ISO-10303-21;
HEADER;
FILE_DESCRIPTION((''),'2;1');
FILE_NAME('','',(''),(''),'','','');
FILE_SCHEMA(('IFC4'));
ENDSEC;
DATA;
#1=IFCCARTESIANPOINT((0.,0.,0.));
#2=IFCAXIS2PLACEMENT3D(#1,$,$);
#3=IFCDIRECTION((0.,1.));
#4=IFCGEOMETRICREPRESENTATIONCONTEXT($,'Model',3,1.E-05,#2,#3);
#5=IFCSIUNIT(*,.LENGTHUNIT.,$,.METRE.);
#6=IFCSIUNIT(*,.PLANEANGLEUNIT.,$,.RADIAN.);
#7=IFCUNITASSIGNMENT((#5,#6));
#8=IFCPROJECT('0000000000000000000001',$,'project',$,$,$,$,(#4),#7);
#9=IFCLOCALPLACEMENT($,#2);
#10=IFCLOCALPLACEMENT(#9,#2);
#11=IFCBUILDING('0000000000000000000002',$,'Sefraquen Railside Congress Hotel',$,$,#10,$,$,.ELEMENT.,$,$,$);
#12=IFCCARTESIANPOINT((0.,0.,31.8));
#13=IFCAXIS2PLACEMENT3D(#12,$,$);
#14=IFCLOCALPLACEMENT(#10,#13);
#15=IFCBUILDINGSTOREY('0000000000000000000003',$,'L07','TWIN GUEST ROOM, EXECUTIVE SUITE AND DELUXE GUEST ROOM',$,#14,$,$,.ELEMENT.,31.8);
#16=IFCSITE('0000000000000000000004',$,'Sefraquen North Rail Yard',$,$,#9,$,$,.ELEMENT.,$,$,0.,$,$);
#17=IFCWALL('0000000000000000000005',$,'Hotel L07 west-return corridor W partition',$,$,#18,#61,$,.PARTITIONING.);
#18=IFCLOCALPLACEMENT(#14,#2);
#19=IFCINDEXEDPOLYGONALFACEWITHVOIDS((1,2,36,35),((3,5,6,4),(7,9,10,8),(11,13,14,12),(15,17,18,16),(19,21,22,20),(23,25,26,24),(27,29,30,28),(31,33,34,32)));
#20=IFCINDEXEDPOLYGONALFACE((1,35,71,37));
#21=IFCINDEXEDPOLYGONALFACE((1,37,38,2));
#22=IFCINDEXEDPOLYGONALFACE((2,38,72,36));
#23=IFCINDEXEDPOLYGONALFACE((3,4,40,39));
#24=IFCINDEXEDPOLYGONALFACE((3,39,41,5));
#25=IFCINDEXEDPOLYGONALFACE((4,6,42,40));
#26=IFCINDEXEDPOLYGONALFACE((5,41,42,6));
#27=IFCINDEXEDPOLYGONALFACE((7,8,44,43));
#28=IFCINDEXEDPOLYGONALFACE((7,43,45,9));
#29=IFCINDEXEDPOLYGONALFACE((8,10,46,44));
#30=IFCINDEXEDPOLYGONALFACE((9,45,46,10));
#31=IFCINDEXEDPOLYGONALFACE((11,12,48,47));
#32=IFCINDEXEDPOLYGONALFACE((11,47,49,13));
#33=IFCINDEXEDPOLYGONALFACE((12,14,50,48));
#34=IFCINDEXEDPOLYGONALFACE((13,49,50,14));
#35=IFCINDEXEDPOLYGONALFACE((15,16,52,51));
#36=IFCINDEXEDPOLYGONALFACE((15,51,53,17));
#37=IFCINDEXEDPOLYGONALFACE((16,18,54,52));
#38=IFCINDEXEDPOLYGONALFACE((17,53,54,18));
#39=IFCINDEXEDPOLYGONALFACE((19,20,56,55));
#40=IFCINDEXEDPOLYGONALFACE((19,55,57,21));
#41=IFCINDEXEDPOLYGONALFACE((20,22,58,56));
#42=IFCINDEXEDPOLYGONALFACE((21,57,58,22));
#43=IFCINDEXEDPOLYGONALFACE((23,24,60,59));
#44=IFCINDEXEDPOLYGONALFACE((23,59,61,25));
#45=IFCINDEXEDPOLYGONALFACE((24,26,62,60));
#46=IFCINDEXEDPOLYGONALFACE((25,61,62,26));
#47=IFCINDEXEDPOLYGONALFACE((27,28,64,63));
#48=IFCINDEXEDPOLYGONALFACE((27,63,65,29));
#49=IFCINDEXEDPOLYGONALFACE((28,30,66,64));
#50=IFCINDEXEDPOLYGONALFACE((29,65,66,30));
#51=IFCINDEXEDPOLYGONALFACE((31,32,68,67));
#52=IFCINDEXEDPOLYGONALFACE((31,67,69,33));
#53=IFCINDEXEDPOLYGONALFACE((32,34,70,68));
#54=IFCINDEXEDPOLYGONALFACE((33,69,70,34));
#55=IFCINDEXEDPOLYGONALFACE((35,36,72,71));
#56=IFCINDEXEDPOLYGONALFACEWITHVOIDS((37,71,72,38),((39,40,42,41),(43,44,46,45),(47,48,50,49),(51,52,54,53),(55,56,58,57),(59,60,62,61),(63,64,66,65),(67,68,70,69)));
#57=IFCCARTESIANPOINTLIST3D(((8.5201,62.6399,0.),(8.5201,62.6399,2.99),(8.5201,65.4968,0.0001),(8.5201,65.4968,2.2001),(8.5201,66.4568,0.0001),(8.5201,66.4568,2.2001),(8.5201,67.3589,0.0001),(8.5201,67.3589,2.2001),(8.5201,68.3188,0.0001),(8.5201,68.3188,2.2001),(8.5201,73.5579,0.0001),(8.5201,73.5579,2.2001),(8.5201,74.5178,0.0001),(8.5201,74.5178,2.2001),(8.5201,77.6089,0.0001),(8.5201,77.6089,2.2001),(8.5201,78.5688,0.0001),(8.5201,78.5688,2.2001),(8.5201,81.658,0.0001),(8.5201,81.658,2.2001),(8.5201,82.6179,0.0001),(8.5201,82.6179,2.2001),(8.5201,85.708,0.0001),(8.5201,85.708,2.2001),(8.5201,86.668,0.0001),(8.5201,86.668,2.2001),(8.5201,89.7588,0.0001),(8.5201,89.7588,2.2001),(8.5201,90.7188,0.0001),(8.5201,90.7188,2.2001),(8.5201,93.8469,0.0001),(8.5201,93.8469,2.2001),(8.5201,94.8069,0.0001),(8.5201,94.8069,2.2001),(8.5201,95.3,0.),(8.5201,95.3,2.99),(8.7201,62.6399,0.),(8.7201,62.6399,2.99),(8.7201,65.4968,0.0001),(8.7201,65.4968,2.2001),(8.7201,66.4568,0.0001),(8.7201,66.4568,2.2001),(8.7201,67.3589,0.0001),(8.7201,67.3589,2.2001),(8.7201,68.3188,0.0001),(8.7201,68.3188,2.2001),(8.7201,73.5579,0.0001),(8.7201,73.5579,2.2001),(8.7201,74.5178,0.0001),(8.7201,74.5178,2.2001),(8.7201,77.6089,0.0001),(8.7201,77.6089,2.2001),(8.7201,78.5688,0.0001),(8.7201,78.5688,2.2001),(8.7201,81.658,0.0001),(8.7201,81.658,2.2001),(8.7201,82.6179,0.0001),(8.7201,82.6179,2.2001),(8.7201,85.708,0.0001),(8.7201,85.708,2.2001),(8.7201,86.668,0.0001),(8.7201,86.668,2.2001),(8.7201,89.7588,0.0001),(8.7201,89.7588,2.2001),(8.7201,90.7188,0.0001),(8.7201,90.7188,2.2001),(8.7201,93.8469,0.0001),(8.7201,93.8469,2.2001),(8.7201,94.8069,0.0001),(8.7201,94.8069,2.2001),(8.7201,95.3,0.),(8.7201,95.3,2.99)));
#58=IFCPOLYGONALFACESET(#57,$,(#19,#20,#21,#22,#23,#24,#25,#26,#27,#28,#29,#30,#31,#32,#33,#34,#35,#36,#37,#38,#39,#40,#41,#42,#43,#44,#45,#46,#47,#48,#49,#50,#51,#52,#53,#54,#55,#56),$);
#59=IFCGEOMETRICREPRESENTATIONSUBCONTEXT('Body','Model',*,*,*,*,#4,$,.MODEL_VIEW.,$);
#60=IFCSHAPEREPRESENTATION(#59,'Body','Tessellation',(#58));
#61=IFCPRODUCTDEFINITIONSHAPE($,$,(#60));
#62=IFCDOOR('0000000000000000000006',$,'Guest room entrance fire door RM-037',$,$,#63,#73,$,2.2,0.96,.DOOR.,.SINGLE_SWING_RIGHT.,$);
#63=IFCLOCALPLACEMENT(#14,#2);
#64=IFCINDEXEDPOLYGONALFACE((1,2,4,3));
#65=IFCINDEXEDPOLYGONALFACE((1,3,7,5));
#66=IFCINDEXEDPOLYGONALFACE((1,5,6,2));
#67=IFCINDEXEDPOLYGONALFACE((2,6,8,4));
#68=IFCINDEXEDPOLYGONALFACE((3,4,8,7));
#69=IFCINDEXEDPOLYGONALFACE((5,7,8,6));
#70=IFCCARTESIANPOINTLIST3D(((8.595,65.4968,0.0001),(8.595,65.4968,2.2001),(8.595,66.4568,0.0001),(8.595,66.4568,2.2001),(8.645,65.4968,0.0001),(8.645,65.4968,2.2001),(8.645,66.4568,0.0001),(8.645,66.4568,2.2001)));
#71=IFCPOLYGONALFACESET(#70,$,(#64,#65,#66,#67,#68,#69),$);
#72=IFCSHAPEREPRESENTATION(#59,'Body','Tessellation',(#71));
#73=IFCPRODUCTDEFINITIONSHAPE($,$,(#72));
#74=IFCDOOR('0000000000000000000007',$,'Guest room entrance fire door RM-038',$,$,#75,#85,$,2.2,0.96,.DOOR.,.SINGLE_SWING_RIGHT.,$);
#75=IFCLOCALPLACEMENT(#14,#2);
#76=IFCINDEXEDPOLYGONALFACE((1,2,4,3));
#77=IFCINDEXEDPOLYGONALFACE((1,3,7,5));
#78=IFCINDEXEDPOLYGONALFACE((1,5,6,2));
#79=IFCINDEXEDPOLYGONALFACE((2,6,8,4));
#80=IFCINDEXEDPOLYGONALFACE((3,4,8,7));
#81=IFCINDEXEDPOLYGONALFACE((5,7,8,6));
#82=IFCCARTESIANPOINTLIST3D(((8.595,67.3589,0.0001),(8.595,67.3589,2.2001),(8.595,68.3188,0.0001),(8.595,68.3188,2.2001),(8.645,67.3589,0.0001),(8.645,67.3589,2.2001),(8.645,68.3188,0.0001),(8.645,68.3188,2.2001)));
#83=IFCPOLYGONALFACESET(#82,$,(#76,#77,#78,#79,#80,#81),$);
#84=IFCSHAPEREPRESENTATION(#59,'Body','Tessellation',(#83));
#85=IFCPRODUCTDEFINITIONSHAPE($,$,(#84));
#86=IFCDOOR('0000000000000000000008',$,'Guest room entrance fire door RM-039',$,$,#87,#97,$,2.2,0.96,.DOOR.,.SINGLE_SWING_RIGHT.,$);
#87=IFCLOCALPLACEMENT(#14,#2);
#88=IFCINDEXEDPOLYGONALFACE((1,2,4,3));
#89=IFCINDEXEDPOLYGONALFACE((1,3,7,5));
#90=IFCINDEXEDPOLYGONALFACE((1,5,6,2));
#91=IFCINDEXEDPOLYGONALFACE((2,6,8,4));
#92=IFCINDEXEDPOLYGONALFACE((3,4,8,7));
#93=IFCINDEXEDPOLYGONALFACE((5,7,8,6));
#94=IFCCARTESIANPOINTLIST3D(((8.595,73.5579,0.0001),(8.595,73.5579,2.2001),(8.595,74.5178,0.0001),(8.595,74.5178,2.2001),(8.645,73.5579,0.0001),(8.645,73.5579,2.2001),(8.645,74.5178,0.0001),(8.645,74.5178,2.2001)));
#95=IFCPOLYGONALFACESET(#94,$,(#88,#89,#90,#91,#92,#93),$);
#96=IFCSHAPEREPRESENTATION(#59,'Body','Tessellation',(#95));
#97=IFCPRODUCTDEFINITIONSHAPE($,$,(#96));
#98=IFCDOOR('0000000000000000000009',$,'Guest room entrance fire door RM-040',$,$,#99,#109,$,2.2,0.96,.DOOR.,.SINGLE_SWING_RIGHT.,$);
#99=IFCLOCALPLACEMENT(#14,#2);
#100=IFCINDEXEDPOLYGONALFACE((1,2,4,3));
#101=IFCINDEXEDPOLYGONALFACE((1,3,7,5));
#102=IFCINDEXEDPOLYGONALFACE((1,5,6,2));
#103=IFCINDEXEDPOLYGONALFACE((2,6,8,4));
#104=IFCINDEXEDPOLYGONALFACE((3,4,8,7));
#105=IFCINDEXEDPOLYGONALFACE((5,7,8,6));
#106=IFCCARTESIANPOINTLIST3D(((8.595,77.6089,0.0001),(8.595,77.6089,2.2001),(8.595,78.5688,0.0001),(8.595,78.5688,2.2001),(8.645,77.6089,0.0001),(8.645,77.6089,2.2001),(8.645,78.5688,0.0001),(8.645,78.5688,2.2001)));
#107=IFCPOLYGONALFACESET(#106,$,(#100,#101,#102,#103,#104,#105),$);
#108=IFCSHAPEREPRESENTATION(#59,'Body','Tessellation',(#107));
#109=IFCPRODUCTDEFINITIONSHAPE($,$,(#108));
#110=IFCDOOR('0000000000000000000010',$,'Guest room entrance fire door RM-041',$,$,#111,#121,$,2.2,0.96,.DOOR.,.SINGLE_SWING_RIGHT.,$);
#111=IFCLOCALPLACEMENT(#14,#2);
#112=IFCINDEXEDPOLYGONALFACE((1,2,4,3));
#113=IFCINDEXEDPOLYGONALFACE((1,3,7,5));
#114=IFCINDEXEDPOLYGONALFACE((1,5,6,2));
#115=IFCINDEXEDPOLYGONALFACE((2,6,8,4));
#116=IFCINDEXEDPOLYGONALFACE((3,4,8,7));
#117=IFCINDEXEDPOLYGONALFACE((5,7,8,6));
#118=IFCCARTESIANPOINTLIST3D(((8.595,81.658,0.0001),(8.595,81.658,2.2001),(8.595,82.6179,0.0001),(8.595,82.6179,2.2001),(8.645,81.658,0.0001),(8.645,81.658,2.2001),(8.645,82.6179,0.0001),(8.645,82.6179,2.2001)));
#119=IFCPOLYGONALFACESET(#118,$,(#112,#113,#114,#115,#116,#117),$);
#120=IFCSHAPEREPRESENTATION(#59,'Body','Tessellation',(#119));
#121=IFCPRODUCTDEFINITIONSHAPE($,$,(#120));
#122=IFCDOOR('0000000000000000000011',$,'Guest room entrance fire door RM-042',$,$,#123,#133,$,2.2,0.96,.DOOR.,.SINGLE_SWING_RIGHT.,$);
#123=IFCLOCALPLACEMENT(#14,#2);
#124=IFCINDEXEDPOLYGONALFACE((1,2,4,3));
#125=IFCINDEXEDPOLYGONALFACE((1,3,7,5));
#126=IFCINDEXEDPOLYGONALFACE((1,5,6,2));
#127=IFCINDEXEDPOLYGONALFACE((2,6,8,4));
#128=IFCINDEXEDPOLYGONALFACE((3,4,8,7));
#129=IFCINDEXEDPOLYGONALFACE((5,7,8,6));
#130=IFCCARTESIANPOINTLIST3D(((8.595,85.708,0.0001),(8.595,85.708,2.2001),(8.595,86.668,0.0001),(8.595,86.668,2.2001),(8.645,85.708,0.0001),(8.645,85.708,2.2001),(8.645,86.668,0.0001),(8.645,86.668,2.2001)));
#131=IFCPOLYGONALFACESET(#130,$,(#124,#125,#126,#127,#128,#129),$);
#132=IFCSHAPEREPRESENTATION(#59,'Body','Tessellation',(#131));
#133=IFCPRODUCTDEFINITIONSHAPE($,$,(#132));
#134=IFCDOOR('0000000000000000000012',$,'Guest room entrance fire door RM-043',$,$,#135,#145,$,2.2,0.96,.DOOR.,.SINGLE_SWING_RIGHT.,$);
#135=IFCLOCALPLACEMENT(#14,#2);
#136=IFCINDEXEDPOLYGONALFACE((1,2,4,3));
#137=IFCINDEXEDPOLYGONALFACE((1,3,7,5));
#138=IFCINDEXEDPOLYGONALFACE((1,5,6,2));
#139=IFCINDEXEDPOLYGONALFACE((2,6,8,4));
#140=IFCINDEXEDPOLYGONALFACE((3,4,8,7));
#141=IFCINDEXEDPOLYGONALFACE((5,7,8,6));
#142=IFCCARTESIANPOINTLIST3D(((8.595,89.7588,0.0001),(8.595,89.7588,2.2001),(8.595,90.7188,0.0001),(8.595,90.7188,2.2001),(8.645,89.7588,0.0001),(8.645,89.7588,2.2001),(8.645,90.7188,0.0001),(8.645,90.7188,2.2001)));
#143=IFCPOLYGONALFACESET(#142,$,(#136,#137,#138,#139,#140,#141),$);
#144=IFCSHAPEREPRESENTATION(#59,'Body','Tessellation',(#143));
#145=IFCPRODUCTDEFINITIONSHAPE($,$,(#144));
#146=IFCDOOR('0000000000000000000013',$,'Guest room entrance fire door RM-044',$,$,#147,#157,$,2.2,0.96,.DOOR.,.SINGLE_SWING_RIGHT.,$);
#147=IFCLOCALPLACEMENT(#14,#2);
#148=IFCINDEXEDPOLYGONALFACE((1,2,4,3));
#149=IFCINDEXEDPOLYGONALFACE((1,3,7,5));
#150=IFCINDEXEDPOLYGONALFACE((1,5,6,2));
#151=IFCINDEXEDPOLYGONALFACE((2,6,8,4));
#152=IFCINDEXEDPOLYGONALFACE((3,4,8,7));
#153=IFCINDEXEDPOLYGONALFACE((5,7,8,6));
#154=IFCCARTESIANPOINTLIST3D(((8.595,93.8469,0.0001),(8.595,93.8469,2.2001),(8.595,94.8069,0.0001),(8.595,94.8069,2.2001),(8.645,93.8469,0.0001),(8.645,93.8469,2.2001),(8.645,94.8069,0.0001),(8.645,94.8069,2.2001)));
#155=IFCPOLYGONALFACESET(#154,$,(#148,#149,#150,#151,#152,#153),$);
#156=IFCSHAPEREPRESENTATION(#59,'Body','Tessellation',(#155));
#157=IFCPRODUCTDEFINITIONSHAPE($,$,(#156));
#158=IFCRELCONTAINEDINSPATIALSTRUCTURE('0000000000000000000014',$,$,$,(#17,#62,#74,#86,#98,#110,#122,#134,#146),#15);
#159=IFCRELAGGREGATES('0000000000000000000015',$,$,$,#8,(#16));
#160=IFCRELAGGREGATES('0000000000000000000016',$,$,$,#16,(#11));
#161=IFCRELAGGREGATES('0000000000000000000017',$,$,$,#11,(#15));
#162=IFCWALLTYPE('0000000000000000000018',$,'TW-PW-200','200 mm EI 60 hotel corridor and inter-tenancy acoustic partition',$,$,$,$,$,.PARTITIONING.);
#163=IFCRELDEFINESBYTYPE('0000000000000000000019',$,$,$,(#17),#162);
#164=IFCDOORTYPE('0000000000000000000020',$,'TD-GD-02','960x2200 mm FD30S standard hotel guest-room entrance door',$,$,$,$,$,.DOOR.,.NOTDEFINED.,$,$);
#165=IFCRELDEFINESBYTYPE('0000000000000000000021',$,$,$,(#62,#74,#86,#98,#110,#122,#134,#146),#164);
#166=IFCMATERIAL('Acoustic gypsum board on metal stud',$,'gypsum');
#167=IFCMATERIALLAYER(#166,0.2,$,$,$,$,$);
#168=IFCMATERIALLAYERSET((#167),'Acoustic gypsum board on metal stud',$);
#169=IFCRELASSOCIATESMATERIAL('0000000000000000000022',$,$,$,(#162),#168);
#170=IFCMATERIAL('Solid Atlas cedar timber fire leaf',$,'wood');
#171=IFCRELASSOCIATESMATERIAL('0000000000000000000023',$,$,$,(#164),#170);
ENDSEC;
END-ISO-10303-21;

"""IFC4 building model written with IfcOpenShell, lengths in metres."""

from ifc_helpers import new_model, si_unit, direction, frame, frame_2d, origin, place, context, subcontext, project, spatial, rectangle, extrude, material, layer, layer_set, type_object, element, fill, save


model = new_model("IFC4")

# Units and contexts
model_context = context("Model", 3, precision=1e-05, world=origin(), true_north=direction((0.0, 1.0)))
body_context = subcontext(model_context, "Body", "Model", "MODEL_VIEW")
ifc_project = project(units=[si_unit("LENGTHUNIT", "METRE"), si_unit("PLANEANGLEUNIT", "RADIAN")], contexts=[model_context])

# Site, building, storey
site_placement = place(None, origin())
site = spatial("IfcSite", under=ifc_project, at=site_placement, Name="Sefraquen North Rail Yard", CompositionType="ELEMENT", RefElevation=0.0)
building_placement = place(site_placement, origin())
building = spatial("IfcBuilding", under=site, at=building_placement, Name="Sefraquen Railside Congress Hotel", CompositionType="ELEMENT")
storey_placement = place(building_placement, frame((0.0, 0.0, 31.8)))
storey = spatial("IfcBuildingStorey", under=building, at=storey_placement, Name="L07", Description="TWIN GUEST ROOM, EXECUTIVE SUITE AND DELUXE GUEST ROOM", CompositionType="ELEMENT", Elevation=31.8)

# Wall, openings, doors
ifc_material_1 = material(Name="Acoustic gypsum board on metal stud", Category="gypsum")
ifc_layer_1 = layer(ifc_material_1, 0.2)
ifc_layer_set_1 = layer_set([ifc_layer_1], Name="Acoustic gypsum board on metal stud")
wall_type_1 = type_object("IfcWallType", Name="TW-PW-200", Description="200 mm EI 60 hotel corridor and inter-tenancy acoustic partition", PredefinedType="PARTITIONING", material=ifc_layer_set_1)
wall_1_placement = place(storey_placement, frame((8.6201, 62.6399, 0.0), z_axis=(0.0, 0.0, 1.0), x_axis=(0.0, 1.0, 0.0)))
wall_1 = element("IfcWall", 1, at=wall_1_placement, inside=storey, type_object=wall_type_1, Name="Hotel L07 west-return corridor W partition", PredefinedType="PARTITIONING", context=body_context, shape_type="SweptSolid", body=[
    extrude(rectangle(XDim=32.6602, YDim=0.2, at=frame_2d((16.3301, 0.0))), origin(), (0.0, 0.0, 1.0), 2.99),
])
opening_1_placement = place(wall_1_placement, frame((2.8569, 0.0, 0.0)))
opening_1 = element("IfcOpeningElement", 2, at=opening_1_placement, cuts=wall_1, PredefinedType="OPENING", context=body_context, shape_type="SweptSolid", body=[
    extrude(rectangle(XDim=0.96, YDim=2.2, at=frame_2d((0.48, 1.1001))), frame((0.0, 0.1099, 0.0), z_axis=(0.0, -1.0, 0.0), x_axis=(1.0, 0.0, 0.0)), (0.0, 0.0, 1.0), 0.22),
])
opening_2_placement = place(wall_1_placement, frame((4.719, 0.0, 0.0)))
opening_2 = element("IfcOpeningElement", 3, at=opening_2_placement, cuts=wall_1, PredefinedType="OPENING", context=body_context, shape_type="SweptSolid", body=[
    extrude(rectangle(XDim=0.96, YDim=2.2, at=frame_2d((0.48, 1.1001))), frame((0.0, 0.1099, 0.0), z_axis=(0.0, -1.0, 0.0), x_axis=(1.0, 0.0, 0.0)), (0.0, 0.0, 1.0), 0.22),
])
opening_3_placement = place(wall_1_placement, frame((10.918, 0.0, 0.0)))
opening_3 = element("IfcOpeningElement", 4, at=opening_3_placement, cuts=wall_1, PredefinedType="OPENING", context=body_context, shape_type="SweptSolid", body=[
    extrude(rectangle(XDim=0.96, YDim=2.2, at=frame_2d((0.48, 1.1001))), frame((0.0, 0.1099, 0.0), z_axis=(0.0, -1.0, 0.0), x_axis=(1.0, 0.0, 0.0)), (0.0, 0.0, 1.0), 0.22),
])
opening_4_placement = place(wall_1_placement, frame((14.969, 0.0, 0.0)))
opening_4 = element("IfcOpeningElement", 5, at=opening_4_placement, cuts=wall_1, PredefinedType="OPENING", context=body_context, shape_type="SweptSolid", body=[
    extrude(rectangle(XDim=0.96, YDim=2.2, at=frame_2d((0.48, 1.1001))), frame((0.0, 0.1099, 0.0), z_axis=(0.0, -1.0, 0.0), x_axis=(1.0, 0.0, 0.0)), (0.0, 0.0, 1.0), 0.22),
])
opening_5_placement = place(wall_1_placement, frame((19.0181, 0.0, 0.0)))
opening_5 = element("IfcOpeningElement", 6, at=opening_5_placement, cuts=wall_1, PredefinedType="OPENING", context=body_context, shape_type="SweptSolid", body=[
    extrude(rectangle(XDim=0.96, YDim=2.2, at=frame_2d((0.48, 1.1001))), frame((0.0, 0.1099, 0.0), z_axis=(0.0, -1.0, 0.0), x_axis=(1.0, 0.0, 0.0)), (0.0, 0.0, 1.0), 0.22),
])
opening_6_placement = place(wall_1_placement, frame((23.0681, 0.0, 0.0)))
opening_6 = element("IfcOpeningElement", 7, at=opening_6_placement, cuts=wall_1, PredefinedType="OPENING", context=body_context, shape_type="SweptSolid", body=[
    extrude(rectangle(XDim=0.96, YDim=2.2, at=frame_2d((0.48, 1.1001))), frame((0.0, 0.1099, 0.0), z_axis=(0.0, -1.0, 0.0), x_axis=(1.0, 0.0, 0.0)), (0.0, 0.0, 1.0), 0.22),
])
opening_7_placement = place(wall_1_placement, frame((27.1189, 0.0, 0.0)))
opening_7 = element("IfcOpeningElement", 8, at=opening_7_placement, cuts=wall_1, PredefinedType="OPENING", context=body_context, shape_type="SweptSolid", body=[
    extrude(rectangle(XDim=0.96, YDim=2.2, at=frame_2d((0.48, 1.1001))), frame((0.0, 0.1099, 0.0), z_axis=(0.0, -1.0, 0.0), x_axis=(1.0, 0.0, 0.0)), (0.0, 0.0, 1.0), 0.22),
])
opening_8_placement = place(wall_1_placement, frame((31.207, 0.0, 0.0)))
opening_8 = element("IfcOpeningElement", 9, at=opening_8_placement, cuts=wall_1, PredefinedType="OPENING", context=body_context, shape_type="SweptSolid", body=[
    extrude(rectangle(XDim=0.96, YDim=2.2, at=frame_2d((0.48, 1.1001))), frame((0.0, 0.1099, 0.0), z_axis=(0.0, -1.0, 0.0), x_axis=(1.0, 0.0, 0.0)), (0.0, 0.0, 1.0), 0.22),
])
ifc_material_2 = material(Name="Solid Atlas cedar timber fire leaf", Category="wood")
door_type_1 = type_object("IfcDoorType", Name="TD-GD-02", Description="960x2200 mm FD30S standard hotel guest-room entrance door", OperationType="NOTDEFINED", PredefinedType="DOOR", material=ifc_material_2)
door_1_placement = place(opening_1_placement, frame((0.96, 0.0, 0.0), z_axis=(0.0, 0.0, 1.0), x_axis=(-1.0, 0.0, 0.0)))
door_1 = element("IfcDoor", 10, at=door_1_placement, inside=storey, type_object=door_type_1, Name="Guest room entrance fire door RM-037", OperationType="SINGLE_SWING_RIGHT", OverallHeight=2.2, OverallWidth=0.96, PredefinedType="DOOR", context=body_context, shape_type="SweptSolid", body=[
    extrude(rectangle(XDim=0.96, YDim=2.2, at=frame_2d((0.48, 1.1001))), frame((0.0, 0.0249, 0.0), z_axis=(0.0, -1.0, 0.0), x_axis=(1.0, 0.0, 0.0)), (0.0, 0.0, 1.0), 0.05),
])
fill(opening_1, door_1)
door_2_placement = place(opening_2_placement, frame((0.96, 0.0, 0.0), z_axis=(0.0, 0.0, 1.0), x_axis=(-1.0, 0.0, 0.0)))
door_2 = element("IfcDoor", 11, at=door_2_placement, inside=storey, type_object=door_type_1, Name="Guest room entrance fire door RM-038", OperationType="SINGLE_SWING_RIGHT", OverallHeight=2.2, OverallWidth=0.96, PredefinedType="DOOR", context=body_context, shape_type="SweptSolid", body=[
    extrude(rectangle(XDim=0.96, YDim=2.2, at=frame_2d((0.48, 1.1001))), frame((0.0, 0.0249, 0.0), z_axis=(0.0, -1.0, 0.0), x_axis=(1.0, 0.0, 0.0)), (0.0, 0.0, 1.0), 0.05),
])
fill(opening_2, door_2)
door_3_placement = place(opening_3_placement, frame((0.96, 0.0, 0.0), z_axis=(0.0, 0.0, 1.0), x_axis=(-1.0, 0.0, 0.0)))
door_3 = element("IfcDoor", 12, at=door_3_placement, inside=storey, type_object=door_type_1, Name="Guest room entrance fire door RM-039", OperationType="SINGLE_SWING_RIGHT", OverallHeight=2.2, OverallWidth=0.96, PredefinedType="DOOR", context=body_context, shape_type="SweptSolid", body=[
    extrude(rectangle(XDim=0.96, YDim=2.2, at=frame_2d((0.48, 1.1001))), frame((0.0, 0.0249, 0.0), z_axis=(0.0, -1.0, 0.0), x_axis=(1.0, 0.0, 0.0)), (0.0, 0.0, 1.0), 0.05),
])
fill(opening_3, door_3)
door_4_placement = place(opening_4_placement, frame((0.96, 0.0, 0.0), z_axis=(0.0, 0.0, 1.0), x_axis=(-1.0, 0.0, 0.0)))
door_4 = element("IfcDoor", 13, at=door_4_placement, inside=storey, type_object=door_type_1, Name="Guest room entrance fire door RM-040", OperationType="SINGLE_SWING_RIGHT", OverallHeight=2.2, OverallWidth=0.96, PredefinedType="DOOR", context=body_context, shape_type="SweptSolid", body=[
    extrude(rectangle(XDim=0.96, YDim=2.2, at=frame_2d((0.48, 1.1001))), frame((0.0, 0.0249, 0.0), z_axis=(0.0, -1.0, 0.0), x_axis=(1.0, 0.0, 0.0)), (0.0, 0.0, 1.0), 0.05),
])
fill(opening_4, door_4)
door_5_placement = place(opening_5_placement, frame((0.96, 0.0, 0.0), z_axis=(0.0, 0.0, 1.0), x_axis=(-1.0, 0.0, 0.0)))
door_5 = element("IfcDoor", 14, at=door_5_placement, inside=storey, type_object=door_type_1, Name="Guest room entrance fire door RM-041", OperationType="SINGLE_SWING_RIGHT", OverallHeight=2.2, OverallWidth=0.96, PredefinedType="DOOR", context=body_context, shape_type="SweptSolid", body=[
    extrude(rectangle(XDim=0.96, YDim=2.2, at=frame_2d((0.48, 1.1001))), frame((0.0, 0.0249, 0.0), z_axis=(0.0, -1.0, 0.0), x_axis=(1.0, 0.0, 0.0)), (0.0, 0.0, 1.0), 0.05),
])
fill(opening_5, door_5)
door_6_placement = place(opening_6_placement, frame((0.96, 0.0, 0.0), z_axis=(0.0, 0.0, 1.0), x_axis=(-1.0, 0.0, 0.0)))
door_6 = element("IfcDoor", 15, at=door_6_placement, inside=storey, type_object=door_type_1, Name="Guest room entrance fire door RM-042", OperationType="SINGLE_SWING_RIGHT", OverallHeight=2.2, OverallWidth=0.96, PredefinedType="DOOR", context=body_context, shape_type="SweptSolid", body=[
    extrude(rectangle(XDim=0.96, YDim=2.2, at=frame_2d((0.48, 1.1001))), frame((0.0, 0.0249, 0.0), z_axis=(0.0, -1.0, 0.0), x_axis=(1.0, 0.0, 0.0)), (0.0, 0.0, 1.0), 0.05),
])
fill(opening_6, door_6)
door_7_placement = place(opening_7_placement, frame((0.96, 0.0, 0.0), z_axis=(0.0, 0.0, 1.0), x_axis=(-1.0, 0.0, 0.0)))
door_7 = element("IfcDoor", 16, at=door_7_placement, inside=storey, type_object=door_type_1, Name="Guest room entrance fire door RM-043", OperationType="SINGLE_SWING_RIGHT", OverallHeight=2.2, OverallWidth=0.96, PredefinedType="DOOR", context=body_context, shape_type="SweptSolid", body=[
    extrude(rectangle(XDim=0.96, YDim=2.2, at=frame_2d((0.48, 1.1001))), frame((0.0, 0.0249, 0.0), z_axis=(0.0, -1.0, 0.0), x_axis=(1.0, 0.0, 0.0)), (0.0, 0.0, 1.0), 0.05),
])
fill(opening_7, door_7)
door_8_placement = place(opening_8_placement, frame((0.96, 0.0, 0.0), z_axis=(0.0, 0.0, 1.0), x_axis=(-1.0, 0.0, 0.0)))
door_8 = element("IfcDoor", 17, at=door_8_placement, inside=storey, type_object=door_type_1, Name="Guest room entrance fire door RM-044", OperationType="SINGLE_SWING_RIGHT", OverallHeight=2.2, OverallWidth=0.96, PredefinedType="DOOR", context=body_context, shape_type="SweptSolid", body=[
    extrude(rectangle(XDim=0.96, YDim=2.2, at=frame_2d((0.48, 1.1001))), frame((0.0, 0.0249, 0.0), z_axis=(0.0, -1.0, 0.0), x_axis=(1.0, 0.0, 0.0)), (0.0, 0.0, 1.0), 0.05),
])
fill(opening_8, door_8)

save(model, "model.ifc")
